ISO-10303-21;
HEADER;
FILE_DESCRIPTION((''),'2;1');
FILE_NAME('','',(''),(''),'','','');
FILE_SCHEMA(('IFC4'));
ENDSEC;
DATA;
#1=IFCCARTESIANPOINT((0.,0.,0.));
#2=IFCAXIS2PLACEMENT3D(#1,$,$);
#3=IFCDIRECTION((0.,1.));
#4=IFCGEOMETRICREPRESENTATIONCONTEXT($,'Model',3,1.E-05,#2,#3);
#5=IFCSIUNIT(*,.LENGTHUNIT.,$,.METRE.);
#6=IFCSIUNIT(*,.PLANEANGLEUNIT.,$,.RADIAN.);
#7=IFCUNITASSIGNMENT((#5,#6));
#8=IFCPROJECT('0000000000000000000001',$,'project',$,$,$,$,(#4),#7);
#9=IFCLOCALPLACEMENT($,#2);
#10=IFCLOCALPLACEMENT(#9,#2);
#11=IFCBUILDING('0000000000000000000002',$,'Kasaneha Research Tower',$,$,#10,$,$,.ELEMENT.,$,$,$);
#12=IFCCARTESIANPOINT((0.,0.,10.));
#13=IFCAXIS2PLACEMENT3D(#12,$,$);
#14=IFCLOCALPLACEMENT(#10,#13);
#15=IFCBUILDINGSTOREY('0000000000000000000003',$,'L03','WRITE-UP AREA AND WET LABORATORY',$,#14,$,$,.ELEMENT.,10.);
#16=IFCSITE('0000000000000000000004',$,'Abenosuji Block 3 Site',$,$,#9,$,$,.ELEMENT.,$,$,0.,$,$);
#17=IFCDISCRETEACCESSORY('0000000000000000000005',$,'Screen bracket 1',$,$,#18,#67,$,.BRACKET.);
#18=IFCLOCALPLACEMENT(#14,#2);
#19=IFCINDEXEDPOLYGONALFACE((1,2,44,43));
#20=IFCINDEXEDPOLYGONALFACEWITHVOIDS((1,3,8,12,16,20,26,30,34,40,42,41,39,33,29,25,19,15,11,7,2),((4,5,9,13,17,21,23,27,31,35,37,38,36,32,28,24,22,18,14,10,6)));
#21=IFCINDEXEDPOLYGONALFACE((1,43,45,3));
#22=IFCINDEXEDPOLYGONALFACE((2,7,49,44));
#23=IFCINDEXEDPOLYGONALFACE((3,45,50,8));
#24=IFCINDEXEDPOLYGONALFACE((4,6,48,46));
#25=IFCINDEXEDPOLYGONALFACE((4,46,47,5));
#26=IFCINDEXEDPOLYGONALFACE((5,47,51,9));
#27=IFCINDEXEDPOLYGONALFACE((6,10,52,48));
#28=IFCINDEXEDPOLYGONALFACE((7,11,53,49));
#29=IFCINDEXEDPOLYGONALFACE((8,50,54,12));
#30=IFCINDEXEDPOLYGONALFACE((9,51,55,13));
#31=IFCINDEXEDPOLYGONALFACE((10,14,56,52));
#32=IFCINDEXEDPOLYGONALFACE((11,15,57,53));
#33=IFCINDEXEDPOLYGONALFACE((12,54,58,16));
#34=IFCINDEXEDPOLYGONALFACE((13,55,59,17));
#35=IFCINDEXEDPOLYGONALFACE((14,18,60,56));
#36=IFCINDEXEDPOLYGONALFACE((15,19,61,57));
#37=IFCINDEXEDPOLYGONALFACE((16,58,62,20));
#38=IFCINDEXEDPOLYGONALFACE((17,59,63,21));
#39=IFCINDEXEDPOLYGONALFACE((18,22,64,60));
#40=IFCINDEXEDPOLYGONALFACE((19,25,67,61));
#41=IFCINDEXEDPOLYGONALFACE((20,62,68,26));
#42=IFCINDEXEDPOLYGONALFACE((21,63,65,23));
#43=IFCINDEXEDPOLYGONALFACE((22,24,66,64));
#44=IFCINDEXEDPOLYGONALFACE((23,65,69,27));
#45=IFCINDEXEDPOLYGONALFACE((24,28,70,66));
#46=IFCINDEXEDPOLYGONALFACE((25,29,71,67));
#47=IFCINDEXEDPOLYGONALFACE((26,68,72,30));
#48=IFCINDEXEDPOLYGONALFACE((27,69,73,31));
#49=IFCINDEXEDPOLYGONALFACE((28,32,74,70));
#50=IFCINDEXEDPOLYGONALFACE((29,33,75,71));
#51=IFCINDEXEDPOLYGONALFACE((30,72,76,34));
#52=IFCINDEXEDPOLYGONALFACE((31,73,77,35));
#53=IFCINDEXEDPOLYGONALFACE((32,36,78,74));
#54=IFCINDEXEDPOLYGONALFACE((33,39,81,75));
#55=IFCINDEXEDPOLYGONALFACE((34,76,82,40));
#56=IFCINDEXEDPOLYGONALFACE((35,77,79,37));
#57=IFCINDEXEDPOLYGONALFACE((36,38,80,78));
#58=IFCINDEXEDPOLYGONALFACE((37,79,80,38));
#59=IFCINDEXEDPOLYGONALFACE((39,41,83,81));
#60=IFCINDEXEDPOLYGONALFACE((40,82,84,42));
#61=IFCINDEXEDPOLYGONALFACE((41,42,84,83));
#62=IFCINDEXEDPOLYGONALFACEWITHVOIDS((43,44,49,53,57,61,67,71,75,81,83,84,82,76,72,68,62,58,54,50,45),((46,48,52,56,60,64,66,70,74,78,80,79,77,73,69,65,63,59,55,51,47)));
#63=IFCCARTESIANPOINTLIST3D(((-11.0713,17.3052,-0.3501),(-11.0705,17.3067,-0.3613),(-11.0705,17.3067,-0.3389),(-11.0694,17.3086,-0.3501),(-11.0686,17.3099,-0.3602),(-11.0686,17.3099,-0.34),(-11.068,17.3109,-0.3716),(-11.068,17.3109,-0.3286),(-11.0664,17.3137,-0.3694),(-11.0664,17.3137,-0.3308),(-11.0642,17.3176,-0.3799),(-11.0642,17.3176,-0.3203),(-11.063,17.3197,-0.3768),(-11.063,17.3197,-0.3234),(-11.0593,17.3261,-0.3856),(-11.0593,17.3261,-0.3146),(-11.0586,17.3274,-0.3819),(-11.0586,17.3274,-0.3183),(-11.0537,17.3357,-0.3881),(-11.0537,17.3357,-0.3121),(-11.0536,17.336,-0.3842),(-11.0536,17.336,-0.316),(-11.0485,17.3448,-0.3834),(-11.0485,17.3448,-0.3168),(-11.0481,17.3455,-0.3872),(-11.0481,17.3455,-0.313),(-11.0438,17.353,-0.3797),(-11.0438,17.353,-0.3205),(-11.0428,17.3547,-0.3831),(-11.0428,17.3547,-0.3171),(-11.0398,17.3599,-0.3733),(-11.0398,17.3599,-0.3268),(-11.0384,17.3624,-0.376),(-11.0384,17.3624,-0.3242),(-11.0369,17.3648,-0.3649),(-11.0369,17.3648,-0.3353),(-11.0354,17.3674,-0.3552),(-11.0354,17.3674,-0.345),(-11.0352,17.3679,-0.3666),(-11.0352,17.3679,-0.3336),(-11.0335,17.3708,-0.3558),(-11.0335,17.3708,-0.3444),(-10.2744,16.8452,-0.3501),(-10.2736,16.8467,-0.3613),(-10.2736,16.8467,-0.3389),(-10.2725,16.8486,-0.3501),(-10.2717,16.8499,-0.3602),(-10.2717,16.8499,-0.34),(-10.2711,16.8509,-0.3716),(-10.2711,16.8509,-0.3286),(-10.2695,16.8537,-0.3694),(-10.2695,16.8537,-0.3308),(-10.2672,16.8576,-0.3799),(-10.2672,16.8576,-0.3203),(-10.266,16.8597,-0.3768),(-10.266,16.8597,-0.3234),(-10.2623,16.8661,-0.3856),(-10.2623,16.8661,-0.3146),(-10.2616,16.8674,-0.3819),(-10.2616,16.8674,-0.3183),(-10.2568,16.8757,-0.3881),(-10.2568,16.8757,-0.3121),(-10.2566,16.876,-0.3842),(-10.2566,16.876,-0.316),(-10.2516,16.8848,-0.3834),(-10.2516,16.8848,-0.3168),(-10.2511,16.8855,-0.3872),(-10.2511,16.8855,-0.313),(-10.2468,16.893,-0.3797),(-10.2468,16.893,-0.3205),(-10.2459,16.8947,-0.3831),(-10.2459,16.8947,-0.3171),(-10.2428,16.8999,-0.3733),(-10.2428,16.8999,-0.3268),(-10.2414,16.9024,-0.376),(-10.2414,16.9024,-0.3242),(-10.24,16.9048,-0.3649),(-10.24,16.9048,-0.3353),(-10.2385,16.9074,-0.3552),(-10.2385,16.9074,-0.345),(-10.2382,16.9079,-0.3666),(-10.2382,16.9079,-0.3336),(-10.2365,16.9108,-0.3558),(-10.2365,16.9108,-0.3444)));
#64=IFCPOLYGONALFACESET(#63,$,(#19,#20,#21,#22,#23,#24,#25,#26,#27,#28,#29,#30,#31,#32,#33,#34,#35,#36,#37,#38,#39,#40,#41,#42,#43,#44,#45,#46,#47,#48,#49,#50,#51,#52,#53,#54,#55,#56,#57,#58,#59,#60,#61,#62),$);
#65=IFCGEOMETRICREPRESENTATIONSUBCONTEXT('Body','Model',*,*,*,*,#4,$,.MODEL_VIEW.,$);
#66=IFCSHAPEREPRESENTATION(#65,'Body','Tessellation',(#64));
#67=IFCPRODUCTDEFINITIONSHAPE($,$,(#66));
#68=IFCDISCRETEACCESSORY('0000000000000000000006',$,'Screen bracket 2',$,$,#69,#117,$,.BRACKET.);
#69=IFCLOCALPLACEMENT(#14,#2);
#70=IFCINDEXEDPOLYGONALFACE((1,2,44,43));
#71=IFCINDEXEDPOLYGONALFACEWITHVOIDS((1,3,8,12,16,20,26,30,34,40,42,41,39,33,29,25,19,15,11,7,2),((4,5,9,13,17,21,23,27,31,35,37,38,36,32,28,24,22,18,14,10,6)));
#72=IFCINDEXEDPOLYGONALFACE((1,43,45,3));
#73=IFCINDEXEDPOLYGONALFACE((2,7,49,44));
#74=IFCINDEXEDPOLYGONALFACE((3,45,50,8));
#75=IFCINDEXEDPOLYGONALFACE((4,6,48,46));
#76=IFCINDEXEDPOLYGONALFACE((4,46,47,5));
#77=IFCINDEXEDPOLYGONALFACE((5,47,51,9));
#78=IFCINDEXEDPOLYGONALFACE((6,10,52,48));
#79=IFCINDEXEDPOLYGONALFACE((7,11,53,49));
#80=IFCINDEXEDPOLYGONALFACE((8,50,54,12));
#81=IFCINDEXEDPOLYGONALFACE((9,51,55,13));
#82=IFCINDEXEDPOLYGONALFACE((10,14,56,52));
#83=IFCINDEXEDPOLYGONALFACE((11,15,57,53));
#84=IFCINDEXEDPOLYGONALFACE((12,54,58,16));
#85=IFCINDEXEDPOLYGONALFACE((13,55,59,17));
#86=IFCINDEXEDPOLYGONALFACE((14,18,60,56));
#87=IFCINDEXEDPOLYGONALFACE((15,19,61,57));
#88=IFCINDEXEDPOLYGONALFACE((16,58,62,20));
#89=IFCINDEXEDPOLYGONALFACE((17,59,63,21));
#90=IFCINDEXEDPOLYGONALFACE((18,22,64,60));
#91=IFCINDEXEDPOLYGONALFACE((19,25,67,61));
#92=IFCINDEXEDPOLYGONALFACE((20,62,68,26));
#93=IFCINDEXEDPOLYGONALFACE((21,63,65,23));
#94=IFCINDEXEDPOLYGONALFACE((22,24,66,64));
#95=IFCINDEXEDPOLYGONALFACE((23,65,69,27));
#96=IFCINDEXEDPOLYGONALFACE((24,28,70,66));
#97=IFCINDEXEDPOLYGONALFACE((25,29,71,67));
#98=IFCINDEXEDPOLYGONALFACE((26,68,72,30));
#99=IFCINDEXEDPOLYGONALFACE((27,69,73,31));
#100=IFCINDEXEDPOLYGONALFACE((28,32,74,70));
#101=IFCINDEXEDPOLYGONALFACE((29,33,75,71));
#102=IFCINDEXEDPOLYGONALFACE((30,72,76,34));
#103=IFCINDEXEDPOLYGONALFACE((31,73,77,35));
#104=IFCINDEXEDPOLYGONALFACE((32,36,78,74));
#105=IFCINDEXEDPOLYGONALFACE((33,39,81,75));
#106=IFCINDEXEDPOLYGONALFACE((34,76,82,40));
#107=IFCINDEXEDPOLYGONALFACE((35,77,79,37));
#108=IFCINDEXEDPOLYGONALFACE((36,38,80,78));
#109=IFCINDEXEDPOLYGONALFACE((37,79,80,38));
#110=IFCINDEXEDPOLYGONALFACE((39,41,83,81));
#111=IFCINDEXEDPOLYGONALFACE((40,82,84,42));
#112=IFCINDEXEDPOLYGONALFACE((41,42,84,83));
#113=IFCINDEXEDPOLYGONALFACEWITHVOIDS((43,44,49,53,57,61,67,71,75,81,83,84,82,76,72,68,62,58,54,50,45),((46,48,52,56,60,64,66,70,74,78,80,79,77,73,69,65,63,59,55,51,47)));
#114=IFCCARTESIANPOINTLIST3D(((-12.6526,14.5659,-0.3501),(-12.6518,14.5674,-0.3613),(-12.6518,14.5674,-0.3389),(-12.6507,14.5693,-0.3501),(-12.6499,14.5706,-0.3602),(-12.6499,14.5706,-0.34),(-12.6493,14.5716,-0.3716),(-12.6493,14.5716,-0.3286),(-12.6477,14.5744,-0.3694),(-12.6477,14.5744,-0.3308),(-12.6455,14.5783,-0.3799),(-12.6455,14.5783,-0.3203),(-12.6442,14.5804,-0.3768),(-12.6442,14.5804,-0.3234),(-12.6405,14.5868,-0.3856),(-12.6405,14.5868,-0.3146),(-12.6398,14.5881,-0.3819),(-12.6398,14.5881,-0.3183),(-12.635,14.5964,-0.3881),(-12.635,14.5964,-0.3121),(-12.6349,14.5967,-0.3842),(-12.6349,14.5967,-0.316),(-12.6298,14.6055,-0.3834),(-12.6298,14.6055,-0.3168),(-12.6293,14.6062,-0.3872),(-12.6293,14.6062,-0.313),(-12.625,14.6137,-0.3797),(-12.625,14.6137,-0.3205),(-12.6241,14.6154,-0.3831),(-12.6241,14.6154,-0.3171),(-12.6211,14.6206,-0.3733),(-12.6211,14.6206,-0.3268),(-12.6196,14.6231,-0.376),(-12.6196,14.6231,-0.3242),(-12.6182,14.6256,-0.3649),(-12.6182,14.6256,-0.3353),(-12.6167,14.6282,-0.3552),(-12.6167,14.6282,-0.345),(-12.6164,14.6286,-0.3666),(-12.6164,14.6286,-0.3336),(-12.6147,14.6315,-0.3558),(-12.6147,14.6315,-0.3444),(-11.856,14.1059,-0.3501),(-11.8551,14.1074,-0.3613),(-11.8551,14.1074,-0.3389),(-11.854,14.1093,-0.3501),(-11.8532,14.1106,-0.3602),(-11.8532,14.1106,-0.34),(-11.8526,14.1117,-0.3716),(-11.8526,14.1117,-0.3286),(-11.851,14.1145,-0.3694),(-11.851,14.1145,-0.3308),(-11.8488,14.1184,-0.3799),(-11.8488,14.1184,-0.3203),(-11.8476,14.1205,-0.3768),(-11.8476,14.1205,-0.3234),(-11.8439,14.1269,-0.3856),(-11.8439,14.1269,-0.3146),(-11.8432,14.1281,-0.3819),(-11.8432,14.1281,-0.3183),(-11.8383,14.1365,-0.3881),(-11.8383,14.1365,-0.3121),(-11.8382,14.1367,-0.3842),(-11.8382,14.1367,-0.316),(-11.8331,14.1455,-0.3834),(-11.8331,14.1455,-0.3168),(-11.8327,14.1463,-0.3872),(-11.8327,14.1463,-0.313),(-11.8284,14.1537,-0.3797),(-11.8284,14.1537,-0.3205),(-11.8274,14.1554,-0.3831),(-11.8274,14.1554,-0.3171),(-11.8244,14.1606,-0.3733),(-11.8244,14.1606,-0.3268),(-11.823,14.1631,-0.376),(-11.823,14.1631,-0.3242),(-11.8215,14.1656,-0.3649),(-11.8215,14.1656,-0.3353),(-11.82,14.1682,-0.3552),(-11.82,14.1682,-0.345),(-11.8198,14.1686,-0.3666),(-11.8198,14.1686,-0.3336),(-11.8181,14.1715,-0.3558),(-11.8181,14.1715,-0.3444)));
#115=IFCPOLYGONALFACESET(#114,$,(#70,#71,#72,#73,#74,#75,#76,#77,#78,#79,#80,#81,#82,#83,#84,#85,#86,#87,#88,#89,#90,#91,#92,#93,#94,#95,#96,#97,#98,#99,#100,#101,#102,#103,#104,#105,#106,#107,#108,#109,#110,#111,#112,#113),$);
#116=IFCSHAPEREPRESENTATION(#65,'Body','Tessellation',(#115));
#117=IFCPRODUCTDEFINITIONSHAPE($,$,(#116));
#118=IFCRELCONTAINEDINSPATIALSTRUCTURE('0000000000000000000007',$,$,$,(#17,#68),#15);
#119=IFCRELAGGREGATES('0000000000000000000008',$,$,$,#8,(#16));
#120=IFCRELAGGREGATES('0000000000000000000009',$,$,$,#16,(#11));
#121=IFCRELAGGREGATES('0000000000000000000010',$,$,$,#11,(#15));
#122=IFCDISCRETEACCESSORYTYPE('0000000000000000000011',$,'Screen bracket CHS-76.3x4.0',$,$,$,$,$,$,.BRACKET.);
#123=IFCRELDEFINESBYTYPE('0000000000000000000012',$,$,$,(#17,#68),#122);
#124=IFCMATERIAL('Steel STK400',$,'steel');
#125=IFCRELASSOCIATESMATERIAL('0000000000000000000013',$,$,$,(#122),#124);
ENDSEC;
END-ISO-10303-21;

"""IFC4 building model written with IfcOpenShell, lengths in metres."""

from ifc_helpers import new_model, si_unit, direction, frame, origin, origin_2d, place, context, subcontext, project, spatial, hollow_circle, extrude, material, material_profile, profile_set, type_object, element, save


model = new_model("IFC4")

# Units and contexts
model_context = context("Model", 3, precision=1e-05, world=origin(), true_north=direction((0.0, 1.0)))
body_context = subcontext(model_context, "Body", "Model", "MODEL_VIEW")
ifc_project = project(units=[si_unit("LENGTHUNIT", "METRE"), si_unit("PLANEANGLEUNIT", "RADIAN")], contexts=[model_context])

# Site, building, storey
site_placement = place(None, origin())
site = spatial("IfcSite", under=ifc_project, at=site_placement, Name="Abenosuji Block 3 Site", CompositionType="ELEMENT", RefElevation=0.0)
building_placement = place(site_placement, origin())
building = spatial("IfcBuilding", under=site, at=building_placement, Name="Kasaneha Research Tower", CompositionType="ELEMENT")
storey_placement = place(building_placement, frame((0.0, 0.0, 10.0)))
storey = spatial("IfcBuildingStorey", under=building, at=storey_placement, Name="L03", Description="WRITE-UP AREA AND WET LABORATORY", CompositionType="ELEMENT", Elevation=10.0)

# Discrete accessories
ifc_material_1 = material(Name="Steel STK400", Category="steel")
ifc_material_profile_1 = material_profile(ifc_material_1, hollow_circle(Radius=0.0381, WallThickness=0.0039, at=origin_2d()), Name="CHS-76.3x4.0")
ifc_profile_set_1 = profile_set([ifc_material_profile_1], Name="Steel STK400")
discrete_accessory_type = type_object("IfcDiscreteAccessoryType", Name="Screen bracket CHS-76.3x4.0", PredefinedType="BRACKET", material=ifc_profile_set_1)
discrete_accessory_1_placement = place(storey_placement, frame((-10.2554, 16.8782, -0.3501), z_axis=(-0.86608, 0.499906, 0.0), x_axis=(-0.499906, -0.86608, 0.0)))
element("IfcDiscreteAccessory", 1, at=discrete_accessory_1_placement, inside=storey, type_object=discrete_accessory_type, Name="Screen bracket 1", PredefinedType="BRACKET", context=body_context, shape_type="SweptSolid", body=[
    extrude(hollow_circle(Radius=0.0381, WallThickness=0.0039, at=origin_2d()), origin(), (0.0, 0.0, 1.0), 0.9202),
])
discrete_accessory_2_placement = place(storey_placement, frame((-11.8369, 14.1389, -0.3501), z_axis=(-0.866013, 0.500021, 0.0), x_axis=(-0.500021, -0.866013, 0.0)))
element("IfcDiscreteAccessory", 2, at=discrete_accessory_2_placement, inside=storey, type_object=discrete_accessory_type, Name="Screen bracket 2", PredefinedType="BRACKET", context=body_context, shape_type="SweptSolid", body=[
    extrude(hollow_circle(Radius=0.0381, WallThickness=0.0039, at=origin_2d()), origin(), (0.0, 0.0, 1.0), 0.9199),
])

save(model, "model.ifc")
